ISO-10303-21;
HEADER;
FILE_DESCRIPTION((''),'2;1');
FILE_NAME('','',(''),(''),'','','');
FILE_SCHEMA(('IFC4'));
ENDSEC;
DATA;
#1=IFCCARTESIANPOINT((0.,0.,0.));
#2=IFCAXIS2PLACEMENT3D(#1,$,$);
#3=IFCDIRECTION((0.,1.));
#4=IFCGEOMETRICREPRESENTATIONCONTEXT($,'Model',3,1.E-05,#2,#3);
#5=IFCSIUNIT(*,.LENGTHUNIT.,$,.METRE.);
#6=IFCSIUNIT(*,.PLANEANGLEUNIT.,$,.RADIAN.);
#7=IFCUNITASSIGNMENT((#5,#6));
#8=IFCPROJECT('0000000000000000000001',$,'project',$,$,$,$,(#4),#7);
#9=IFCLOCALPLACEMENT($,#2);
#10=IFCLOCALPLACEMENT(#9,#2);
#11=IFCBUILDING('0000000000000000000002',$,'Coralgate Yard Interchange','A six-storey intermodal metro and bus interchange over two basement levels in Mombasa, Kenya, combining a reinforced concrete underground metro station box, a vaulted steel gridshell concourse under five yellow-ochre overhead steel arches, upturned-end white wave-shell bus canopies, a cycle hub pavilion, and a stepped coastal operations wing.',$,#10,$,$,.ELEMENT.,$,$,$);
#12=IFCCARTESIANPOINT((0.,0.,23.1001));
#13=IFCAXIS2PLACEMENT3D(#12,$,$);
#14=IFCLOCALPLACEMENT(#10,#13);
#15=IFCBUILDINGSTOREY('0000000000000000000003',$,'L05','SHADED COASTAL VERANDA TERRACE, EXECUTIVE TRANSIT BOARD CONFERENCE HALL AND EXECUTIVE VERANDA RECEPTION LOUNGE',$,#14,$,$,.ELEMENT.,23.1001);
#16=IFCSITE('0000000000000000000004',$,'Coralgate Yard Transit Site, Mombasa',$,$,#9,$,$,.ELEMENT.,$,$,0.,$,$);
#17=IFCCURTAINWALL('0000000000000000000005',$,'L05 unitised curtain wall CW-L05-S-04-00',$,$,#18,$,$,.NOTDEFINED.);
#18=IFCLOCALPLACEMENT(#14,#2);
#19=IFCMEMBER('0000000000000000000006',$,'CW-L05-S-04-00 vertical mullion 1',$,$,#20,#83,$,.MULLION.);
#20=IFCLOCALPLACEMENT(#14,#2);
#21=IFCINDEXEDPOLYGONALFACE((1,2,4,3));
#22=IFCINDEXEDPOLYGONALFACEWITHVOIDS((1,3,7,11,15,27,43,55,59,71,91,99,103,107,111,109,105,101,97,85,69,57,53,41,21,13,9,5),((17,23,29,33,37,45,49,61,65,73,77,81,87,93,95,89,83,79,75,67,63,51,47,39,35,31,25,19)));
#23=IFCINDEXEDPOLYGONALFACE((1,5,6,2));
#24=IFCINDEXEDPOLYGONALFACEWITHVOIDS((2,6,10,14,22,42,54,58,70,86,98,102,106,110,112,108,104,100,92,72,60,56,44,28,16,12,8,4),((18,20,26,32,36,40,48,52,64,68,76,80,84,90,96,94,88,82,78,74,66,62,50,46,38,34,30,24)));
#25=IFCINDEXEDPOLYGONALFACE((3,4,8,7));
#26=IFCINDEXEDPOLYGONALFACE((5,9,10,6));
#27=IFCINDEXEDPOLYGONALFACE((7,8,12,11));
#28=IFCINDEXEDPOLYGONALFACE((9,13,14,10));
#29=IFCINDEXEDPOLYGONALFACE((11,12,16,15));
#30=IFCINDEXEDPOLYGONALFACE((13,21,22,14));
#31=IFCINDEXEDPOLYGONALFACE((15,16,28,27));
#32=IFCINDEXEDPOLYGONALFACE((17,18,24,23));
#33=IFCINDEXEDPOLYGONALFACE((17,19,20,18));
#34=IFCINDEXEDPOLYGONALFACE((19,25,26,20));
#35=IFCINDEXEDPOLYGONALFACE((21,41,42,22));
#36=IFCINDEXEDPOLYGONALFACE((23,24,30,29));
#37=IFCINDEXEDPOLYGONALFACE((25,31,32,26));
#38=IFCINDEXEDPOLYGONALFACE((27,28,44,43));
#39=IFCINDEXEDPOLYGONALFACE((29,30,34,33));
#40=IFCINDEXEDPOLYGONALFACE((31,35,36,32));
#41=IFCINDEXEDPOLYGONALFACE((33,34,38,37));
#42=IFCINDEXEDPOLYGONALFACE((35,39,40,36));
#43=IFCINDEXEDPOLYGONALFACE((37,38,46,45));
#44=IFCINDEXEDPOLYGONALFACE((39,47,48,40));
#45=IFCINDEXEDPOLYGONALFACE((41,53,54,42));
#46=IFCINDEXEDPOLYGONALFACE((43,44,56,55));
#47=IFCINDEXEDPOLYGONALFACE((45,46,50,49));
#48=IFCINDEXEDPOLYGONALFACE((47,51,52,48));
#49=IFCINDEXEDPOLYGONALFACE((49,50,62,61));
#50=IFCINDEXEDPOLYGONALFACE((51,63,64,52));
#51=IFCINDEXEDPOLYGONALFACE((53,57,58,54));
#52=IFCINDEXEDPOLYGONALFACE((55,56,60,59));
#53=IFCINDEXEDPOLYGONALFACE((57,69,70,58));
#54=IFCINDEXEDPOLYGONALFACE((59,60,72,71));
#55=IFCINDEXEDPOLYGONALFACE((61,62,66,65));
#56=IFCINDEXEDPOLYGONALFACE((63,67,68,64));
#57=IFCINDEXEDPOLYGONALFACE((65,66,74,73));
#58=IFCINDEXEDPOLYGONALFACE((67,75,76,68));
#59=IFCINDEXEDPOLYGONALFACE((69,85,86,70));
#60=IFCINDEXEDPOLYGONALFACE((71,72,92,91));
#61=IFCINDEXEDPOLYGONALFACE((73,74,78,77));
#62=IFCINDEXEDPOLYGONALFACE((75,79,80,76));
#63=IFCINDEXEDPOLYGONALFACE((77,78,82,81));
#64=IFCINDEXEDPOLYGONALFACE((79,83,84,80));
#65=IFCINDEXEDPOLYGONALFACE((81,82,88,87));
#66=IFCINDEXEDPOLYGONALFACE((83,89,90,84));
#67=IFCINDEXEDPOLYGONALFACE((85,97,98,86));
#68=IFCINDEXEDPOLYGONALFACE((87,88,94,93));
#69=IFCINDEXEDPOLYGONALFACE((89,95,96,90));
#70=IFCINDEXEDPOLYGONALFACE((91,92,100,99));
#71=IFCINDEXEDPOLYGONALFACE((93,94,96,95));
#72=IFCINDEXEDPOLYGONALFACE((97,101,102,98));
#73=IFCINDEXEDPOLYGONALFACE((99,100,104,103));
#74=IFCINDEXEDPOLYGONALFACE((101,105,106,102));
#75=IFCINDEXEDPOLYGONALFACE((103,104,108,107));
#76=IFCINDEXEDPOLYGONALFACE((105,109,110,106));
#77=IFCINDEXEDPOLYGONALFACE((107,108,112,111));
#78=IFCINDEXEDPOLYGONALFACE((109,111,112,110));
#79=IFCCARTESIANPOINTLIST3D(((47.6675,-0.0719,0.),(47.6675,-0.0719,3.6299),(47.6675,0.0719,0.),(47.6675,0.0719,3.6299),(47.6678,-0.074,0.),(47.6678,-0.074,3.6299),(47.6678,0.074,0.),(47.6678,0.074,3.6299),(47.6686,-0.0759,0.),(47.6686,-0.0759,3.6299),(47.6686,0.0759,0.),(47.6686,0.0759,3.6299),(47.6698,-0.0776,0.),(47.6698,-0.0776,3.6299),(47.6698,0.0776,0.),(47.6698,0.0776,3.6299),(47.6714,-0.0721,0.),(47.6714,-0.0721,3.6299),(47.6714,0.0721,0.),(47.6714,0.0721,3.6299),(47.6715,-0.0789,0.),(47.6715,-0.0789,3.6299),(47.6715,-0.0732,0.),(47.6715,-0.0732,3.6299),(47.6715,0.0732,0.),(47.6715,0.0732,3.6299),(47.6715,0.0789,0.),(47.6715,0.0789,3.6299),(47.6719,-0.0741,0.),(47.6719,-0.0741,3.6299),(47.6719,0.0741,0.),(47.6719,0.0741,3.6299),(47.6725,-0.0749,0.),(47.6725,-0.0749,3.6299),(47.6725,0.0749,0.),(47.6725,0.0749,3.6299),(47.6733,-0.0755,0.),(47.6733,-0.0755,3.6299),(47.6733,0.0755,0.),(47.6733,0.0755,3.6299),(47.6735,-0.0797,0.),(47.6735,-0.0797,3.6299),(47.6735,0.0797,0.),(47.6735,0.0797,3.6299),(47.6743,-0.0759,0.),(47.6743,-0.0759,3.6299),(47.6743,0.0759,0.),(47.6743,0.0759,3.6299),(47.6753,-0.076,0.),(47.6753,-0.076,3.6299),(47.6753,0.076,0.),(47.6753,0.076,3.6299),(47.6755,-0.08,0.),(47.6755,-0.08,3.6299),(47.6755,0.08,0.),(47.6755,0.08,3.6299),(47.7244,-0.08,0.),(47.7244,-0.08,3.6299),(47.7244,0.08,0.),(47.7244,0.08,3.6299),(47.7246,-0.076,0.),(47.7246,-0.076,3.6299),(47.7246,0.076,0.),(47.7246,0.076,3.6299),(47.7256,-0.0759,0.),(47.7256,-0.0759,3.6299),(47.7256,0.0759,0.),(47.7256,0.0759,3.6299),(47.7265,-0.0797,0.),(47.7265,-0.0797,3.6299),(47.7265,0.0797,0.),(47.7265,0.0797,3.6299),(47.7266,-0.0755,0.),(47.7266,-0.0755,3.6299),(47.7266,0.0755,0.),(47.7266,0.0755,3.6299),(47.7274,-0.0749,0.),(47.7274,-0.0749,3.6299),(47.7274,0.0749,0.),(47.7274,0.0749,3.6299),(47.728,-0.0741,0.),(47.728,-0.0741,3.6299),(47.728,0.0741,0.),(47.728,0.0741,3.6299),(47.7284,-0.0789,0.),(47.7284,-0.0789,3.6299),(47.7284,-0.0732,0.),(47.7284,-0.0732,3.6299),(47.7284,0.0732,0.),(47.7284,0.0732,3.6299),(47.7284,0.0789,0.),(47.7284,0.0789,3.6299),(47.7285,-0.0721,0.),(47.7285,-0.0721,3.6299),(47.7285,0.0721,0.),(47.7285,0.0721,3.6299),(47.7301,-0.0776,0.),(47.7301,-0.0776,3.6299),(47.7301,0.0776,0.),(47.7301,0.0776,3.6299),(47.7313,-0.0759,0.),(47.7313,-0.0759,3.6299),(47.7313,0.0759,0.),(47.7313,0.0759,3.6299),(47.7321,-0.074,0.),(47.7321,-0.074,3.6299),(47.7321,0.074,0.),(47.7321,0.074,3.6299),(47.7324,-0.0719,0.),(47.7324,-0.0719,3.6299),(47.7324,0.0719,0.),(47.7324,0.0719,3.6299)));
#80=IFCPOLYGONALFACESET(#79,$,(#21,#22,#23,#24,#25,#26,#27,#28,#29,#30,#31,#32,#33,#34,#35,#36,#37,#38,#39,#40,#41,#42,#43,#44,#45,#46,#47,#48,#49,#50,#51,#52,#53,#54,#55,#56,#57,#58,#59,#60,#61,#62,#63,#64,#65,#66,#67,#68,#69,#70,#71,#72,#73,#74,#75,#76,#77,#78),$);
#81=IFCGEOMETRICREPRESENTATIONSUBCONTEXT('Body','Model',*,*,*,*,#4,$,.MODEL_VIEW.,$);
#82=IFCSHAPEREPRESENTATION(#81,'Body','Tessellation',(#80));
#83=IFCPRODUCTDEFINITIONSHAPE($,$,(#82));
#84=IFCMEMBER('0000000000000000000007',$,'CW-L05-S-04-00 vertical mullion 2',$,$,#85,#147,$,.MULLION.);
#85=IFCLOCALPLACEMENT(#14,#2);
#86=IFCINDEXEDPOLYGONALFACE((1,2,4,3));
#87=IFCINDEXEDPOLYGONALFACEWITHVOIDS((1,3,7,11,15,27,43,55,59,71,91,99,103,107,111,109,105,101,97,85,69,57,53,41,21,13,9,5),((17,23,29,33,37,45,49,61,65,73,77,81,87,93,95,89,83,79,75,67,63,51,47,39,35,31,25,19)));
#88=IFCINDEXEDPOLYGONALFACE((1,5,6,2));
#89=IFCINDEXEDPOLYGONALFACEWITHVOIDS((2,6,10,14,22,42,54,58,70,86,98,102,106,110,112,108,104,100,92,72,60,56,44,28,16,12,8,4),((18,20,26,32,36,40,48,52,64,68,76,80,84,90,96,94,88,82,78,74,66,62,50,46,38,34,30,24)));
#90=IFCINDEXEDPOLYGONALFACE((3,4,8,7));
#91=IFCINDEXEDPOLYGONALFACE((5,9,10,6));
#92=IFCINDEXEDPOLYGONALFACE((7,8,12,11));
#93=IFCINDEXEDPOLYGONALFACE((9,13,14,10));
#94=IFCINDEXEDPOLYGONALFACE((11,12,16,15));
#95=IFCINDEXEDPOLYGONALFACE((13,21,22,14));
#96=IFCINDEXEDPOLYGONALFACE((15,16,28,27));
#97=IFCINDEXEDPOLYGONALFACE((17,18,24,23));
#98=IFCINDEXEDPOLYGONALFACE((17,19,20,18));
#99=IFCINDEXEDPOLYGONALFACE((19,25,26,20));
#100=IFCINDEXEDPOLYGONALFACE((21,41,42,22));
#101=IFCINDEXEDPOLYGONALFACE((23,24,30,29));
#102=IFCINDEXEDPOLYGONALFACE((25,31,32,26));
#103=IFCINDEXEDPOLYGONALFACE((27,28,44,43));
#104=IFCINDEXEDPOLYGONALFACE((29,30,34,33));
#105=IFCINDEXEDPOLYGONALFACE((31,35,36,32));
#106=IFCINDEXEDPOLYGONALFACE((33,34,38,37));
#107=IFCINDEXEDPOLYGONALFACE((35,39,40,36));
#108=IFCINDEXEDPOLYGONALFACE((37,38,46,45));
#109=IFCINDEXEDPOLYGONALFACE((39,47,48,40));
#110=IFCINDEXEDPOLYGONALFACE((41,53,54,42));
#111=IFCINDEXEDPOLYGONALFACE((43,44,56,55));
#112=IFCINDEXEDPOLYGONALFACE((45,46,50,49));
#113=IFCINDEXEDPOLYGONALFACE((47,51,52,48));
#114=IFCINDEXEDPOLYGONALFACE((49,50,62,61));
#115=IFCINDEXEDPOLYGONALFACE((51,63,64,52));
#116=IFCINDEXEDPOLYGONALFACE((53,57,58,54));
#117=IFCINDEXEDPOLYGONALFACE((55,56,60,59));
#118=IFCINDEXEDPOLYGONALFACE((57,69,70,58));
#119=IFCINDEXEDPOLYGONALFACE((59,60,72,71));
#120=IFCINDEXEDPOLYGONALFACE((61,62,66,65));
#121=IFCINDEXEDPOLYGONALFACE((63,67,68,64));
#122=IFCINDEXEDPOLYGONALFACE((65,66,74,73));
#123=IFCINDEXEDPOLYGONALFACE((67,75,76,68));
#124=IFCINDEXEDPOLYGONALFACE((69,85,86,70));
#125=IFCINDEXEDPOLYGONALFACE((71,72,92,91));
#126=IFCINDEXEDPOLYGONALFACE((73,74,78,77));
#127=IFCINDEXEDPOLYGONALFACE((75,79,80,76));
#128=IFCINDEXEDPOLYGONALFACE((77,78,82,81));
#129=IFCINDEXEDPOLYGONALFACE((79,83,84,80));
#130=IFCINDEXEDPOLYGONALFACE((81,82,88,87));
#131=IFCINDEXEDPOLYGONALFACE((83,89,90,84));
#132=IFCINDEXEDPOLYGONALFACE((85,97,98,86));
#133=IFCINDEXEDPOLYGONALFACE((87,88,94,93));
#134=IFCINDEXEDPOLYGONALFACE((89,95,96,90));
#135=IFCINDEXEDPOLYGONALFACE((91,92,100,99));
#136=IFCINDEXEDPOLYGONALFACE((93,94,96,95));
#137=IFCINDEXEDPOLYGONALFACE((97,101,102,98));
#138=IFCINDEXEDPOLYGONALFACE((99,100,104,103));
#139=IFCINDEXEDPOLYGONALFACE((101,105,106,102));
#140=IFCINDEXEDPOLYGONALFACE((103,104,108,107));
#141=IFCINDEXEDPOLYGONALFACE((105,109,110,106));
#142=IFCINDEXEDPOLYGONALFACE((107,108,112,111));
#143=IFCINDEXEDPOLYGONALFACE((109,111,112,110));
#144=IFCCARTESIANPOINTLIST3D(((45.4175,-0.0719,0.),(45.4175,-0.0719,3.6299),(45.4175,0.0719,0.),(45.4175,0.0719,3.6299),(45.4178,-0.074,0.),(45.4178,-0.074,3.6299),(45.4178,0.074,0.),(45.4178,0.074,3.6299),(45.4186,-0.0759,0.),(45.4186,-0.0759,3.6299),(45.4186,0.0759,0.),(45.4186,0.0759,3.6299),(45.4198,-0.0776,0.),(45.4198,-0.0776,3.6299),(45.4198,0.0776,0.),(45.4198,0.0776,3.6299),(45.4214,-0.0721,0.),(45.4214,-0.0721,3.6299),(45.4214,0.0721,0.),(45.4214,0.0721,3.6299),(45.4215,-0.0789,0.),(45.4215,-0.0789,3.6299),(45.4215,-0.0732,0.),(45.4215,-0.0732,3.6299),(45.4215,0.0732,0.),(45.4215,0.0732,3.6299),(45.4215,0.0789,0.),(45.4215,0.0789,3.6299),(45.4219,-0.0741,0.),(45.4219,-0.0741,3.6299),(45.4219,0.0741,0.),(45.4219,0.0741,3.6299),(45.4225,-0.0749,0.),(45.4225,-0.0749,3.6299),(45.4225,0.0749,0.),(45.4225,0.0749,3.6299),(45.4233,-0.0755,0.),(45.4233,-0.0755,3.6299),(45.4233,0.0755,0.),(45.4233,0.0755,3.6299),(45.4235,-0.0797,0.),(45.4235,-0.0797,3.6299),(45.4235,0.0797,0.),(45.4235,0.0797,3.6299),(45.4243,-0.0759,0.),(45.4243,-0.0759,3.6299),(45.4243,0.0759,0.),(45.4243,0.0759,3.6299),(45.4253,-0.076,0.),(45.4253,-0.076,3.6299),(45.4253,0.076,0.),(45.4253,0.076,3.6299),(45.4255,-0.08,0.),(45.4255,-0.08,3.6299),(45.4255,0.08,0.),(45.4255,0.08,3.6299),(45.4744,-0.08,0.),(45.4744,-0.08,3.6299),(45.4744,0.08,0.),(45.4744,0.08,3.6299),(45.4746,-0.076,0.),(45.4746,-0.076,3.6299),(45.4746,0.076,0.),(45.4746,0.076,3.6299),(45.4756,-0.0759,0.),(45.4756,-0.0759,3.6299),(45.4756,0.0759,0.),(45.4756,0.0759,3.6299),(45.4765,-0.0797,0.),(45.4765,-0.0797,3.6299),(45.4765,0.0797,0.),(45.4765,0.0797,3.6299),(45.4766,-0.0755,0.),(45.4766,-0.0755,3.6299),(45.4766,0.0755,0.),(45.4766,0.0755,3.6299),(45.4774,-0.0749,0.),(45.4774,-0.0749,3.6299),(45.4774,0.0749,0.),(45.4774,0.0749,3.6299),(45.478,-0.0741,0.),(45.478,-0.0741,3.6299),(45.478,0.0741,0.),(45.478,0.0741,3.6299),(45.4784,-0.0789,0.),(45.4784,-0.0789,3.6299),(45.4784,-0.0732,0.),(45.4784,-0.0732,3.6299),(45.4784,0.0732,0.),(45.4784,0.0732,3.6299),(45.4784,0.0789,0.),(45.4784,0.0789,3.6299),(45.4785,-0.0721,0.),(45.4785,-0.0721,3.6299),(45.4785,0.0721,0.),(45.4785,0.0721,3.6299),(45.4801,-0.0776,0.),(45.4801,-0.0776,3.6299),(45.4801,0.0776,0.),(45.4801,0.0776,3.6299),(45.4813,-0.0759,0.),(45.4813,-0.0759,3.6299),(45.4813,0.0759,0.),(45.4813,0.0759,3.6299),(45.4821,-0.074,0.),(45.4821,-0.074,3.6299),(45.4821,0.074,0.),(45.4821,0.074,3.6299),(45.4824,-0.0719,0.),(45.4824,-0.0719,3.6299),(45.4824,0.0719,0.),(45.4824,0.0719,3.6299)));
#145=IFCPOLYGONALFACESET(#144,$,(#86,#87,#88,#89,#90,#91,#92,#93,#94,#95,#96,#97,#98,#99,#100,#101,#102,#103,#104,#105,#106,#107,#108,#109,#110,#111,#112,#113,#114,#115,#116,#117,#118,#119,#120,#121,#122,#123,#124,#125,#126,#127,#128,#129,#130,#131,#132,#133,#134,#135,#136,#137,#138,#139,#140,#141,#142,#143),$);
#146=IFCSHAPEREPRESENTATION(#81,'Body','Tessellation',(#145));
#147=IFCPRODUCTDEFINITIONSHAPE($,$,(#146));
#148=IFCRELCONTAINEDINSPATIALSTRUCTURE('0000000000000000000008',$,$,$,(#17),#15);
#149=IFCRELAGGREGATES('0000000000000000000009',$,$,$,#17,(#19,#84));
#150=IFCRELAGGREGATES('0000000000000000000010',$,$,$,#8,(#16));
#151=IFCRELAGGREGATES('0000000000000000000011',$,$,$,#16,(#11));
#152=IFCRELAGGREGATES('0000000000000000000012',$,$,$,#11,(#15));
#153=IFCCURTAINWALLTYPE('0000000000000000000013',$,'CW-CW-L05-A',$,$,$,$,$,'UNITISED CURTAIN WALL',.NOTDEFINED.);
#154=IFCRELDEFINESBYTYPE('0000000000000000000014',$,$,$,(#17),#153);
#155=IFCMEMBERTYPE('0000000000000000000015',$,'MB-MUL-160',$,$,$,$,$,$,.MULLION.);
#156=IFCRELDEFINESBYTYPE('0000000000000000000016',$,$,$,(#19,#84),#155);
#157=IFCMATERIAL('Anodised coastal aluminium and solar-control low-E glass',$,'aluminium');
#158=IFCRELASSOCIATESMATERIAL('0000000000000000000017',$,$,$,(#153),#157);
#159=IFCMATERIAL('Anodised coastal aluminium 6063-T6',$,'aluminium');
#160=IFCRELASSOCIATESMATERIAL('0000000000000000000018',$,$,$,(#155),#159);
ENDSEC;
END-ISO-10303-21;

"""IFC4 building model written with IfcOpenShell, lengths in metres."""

from ifc_helpers import new_model, si_unit, direction, frame, origin, origin_2d, place, context, subcontext, project, spatial, hollow_rectangle, extrude, material, material_profile, profile_set, type_object, element, aggregate, save


model = new_model("IFC4")

# Units and contexts
model_context = context("Model", 3, precision=1e-05, world=origin(), true_north=direction((0.0, 1.0)))
body_context = subcontext(model_context, "Body", "Model", "MODEL_VIEW")
ifc_project = project(units=[si_unit("LENGTHUNIT", "METRE"), si_unit("PLANEANGLEUNIT", "RADIAN")], contexts=[model_context])

# Site, building, storey
site_placement = place(None, origin())
site = spatial("IfcSite", under=ifc_project, at=site_placement, Name="Coralgate Yard Transit Site, Mombasa", CompositionType="ELEMENT", RefElevation=0.0)
building_placement = place(site_placement, origin())
building = spatial("IfcBuilding", under=site, at=building_placement, Name="Coralgate Yard Interchange", Description="A six-storey intermodal metro and bus interchange over two basement levels in Mombasa, Kenya, combining a reinforced concrete underground metro station box, a vaulted steel gridshell concourse under five yellow-ochre overhead steel arches, upturned-end white wave-shell bus canopies, a cycle hub pavilion, and a stepped coastal operations wing.", CompositionType="ELEMENT")
storey_placement = place(building_placement, frame((0.0, 0.0, 23.1001)))
storey = spatial("IfcBuildingStorey", under=building, at=storey_placement, Name="L05", Description="SHADED COASTAL VERANDA TERRACE, EXECUTIVE TRANSIT BOARD CONFERENCE HALL AND EXECUTIVE VERANDA RECEPTION LOUNGE", CompositionType="ELEMENT", Elevation=23.1001)

# Curtain wall, members
ifc_material_1 = material(Name="Anodised coastal aluminium and solar-control low-E glass", Category="aluminium")
curtain_wall_type = type_object("IfcCurtainWallType", Name="CW-CW-L05-A", ElementType="UNITISED CURTAIN WALL", PredefinedType="NOTDEFINED", material=ifc_material_1)
curtain_wall_placement = place(storey_placement, origin())
curtain_wall = element("IfcCurtainWall", 1, at=curtain_wall_placement, inside=storey, type_object=curtain_wall_type, Name="L05 unitised curtain wall CW-L05-S-04-00", PredefinedType="NOTDEFINED")
ifc_material_2 = material(Name="Anodised coastal aluminium 6063-T6", Category="aluminium")
ifc_material_profile_1 = material_profile(ifc_material_2, hollow_rectangle(XDim=0.0649, YDim=0.1599, WallThickness=0.0039, InnerFilletRadius=0.0039, OuterFilletRadius=0.0081, at=origin_2d()), Name="ALU 65x160x4")
ifc_profile_set_1 = profile_set([ifc_material_profile_1], Name="Anodised coastal aluminium 6063-T6")
member_type_1 = type_object("IfcMemberType", Name="MB-MUL-160", PredefinedType="MULLION", material=ifc_profile_set_1)
member_1_placement = place(storey_placement, frame((47.7, 0.0, 0.0), z_axis=(0.0, 0.0, 1.0), x_axis=(1.0, 0.0, 0.0)))
member_1 = element("IfcMember", 2, at=member_1_placement, type_object=member_type_1, Name="CW-L05-S-04-00 vertical mullion 1", PredefinedType="MULLION", context=body_context, shape_type="SweptSolid", body=[
    extrude(hollow_rectangle(XDim=0.0649, YDim=0.1599, WallThickness=0.0039, InnerFilletRadius=0.0039, OuterFilletRadius=0.0081, at=origin_2d()), origin(), (0.0, 0.0, 1.0), 3.6299),
])
member_2_placement = place(storey_placement, frame((45.45, 0.0, 0.0), z_axis=(0.0, 0.0, 1.0), x_axis=(1.0, 0.0, 0.0)))
member_2 = element("IfcMember", 3, at=member_2_placement, type_object=member_type_1, Name="CW-L05-S-04-00 vertical mullion 2", PredefinedType="MULLION", context=body_context, shape_type="SweptSolid", body=[
    extrude(hollow_rectangle(XDim=0.0649, YDim=0.1599, WallThickness=0.0039, InnerFilletRadius=0.0039, OuterFilletRadius=0.0081, at=origin_2d()), origin(), (0.0, 0.0, 1.0), 3.6299),
])
aggregate(curtain_wall, [member_1, member_2])

save(model, "model.ifc")
